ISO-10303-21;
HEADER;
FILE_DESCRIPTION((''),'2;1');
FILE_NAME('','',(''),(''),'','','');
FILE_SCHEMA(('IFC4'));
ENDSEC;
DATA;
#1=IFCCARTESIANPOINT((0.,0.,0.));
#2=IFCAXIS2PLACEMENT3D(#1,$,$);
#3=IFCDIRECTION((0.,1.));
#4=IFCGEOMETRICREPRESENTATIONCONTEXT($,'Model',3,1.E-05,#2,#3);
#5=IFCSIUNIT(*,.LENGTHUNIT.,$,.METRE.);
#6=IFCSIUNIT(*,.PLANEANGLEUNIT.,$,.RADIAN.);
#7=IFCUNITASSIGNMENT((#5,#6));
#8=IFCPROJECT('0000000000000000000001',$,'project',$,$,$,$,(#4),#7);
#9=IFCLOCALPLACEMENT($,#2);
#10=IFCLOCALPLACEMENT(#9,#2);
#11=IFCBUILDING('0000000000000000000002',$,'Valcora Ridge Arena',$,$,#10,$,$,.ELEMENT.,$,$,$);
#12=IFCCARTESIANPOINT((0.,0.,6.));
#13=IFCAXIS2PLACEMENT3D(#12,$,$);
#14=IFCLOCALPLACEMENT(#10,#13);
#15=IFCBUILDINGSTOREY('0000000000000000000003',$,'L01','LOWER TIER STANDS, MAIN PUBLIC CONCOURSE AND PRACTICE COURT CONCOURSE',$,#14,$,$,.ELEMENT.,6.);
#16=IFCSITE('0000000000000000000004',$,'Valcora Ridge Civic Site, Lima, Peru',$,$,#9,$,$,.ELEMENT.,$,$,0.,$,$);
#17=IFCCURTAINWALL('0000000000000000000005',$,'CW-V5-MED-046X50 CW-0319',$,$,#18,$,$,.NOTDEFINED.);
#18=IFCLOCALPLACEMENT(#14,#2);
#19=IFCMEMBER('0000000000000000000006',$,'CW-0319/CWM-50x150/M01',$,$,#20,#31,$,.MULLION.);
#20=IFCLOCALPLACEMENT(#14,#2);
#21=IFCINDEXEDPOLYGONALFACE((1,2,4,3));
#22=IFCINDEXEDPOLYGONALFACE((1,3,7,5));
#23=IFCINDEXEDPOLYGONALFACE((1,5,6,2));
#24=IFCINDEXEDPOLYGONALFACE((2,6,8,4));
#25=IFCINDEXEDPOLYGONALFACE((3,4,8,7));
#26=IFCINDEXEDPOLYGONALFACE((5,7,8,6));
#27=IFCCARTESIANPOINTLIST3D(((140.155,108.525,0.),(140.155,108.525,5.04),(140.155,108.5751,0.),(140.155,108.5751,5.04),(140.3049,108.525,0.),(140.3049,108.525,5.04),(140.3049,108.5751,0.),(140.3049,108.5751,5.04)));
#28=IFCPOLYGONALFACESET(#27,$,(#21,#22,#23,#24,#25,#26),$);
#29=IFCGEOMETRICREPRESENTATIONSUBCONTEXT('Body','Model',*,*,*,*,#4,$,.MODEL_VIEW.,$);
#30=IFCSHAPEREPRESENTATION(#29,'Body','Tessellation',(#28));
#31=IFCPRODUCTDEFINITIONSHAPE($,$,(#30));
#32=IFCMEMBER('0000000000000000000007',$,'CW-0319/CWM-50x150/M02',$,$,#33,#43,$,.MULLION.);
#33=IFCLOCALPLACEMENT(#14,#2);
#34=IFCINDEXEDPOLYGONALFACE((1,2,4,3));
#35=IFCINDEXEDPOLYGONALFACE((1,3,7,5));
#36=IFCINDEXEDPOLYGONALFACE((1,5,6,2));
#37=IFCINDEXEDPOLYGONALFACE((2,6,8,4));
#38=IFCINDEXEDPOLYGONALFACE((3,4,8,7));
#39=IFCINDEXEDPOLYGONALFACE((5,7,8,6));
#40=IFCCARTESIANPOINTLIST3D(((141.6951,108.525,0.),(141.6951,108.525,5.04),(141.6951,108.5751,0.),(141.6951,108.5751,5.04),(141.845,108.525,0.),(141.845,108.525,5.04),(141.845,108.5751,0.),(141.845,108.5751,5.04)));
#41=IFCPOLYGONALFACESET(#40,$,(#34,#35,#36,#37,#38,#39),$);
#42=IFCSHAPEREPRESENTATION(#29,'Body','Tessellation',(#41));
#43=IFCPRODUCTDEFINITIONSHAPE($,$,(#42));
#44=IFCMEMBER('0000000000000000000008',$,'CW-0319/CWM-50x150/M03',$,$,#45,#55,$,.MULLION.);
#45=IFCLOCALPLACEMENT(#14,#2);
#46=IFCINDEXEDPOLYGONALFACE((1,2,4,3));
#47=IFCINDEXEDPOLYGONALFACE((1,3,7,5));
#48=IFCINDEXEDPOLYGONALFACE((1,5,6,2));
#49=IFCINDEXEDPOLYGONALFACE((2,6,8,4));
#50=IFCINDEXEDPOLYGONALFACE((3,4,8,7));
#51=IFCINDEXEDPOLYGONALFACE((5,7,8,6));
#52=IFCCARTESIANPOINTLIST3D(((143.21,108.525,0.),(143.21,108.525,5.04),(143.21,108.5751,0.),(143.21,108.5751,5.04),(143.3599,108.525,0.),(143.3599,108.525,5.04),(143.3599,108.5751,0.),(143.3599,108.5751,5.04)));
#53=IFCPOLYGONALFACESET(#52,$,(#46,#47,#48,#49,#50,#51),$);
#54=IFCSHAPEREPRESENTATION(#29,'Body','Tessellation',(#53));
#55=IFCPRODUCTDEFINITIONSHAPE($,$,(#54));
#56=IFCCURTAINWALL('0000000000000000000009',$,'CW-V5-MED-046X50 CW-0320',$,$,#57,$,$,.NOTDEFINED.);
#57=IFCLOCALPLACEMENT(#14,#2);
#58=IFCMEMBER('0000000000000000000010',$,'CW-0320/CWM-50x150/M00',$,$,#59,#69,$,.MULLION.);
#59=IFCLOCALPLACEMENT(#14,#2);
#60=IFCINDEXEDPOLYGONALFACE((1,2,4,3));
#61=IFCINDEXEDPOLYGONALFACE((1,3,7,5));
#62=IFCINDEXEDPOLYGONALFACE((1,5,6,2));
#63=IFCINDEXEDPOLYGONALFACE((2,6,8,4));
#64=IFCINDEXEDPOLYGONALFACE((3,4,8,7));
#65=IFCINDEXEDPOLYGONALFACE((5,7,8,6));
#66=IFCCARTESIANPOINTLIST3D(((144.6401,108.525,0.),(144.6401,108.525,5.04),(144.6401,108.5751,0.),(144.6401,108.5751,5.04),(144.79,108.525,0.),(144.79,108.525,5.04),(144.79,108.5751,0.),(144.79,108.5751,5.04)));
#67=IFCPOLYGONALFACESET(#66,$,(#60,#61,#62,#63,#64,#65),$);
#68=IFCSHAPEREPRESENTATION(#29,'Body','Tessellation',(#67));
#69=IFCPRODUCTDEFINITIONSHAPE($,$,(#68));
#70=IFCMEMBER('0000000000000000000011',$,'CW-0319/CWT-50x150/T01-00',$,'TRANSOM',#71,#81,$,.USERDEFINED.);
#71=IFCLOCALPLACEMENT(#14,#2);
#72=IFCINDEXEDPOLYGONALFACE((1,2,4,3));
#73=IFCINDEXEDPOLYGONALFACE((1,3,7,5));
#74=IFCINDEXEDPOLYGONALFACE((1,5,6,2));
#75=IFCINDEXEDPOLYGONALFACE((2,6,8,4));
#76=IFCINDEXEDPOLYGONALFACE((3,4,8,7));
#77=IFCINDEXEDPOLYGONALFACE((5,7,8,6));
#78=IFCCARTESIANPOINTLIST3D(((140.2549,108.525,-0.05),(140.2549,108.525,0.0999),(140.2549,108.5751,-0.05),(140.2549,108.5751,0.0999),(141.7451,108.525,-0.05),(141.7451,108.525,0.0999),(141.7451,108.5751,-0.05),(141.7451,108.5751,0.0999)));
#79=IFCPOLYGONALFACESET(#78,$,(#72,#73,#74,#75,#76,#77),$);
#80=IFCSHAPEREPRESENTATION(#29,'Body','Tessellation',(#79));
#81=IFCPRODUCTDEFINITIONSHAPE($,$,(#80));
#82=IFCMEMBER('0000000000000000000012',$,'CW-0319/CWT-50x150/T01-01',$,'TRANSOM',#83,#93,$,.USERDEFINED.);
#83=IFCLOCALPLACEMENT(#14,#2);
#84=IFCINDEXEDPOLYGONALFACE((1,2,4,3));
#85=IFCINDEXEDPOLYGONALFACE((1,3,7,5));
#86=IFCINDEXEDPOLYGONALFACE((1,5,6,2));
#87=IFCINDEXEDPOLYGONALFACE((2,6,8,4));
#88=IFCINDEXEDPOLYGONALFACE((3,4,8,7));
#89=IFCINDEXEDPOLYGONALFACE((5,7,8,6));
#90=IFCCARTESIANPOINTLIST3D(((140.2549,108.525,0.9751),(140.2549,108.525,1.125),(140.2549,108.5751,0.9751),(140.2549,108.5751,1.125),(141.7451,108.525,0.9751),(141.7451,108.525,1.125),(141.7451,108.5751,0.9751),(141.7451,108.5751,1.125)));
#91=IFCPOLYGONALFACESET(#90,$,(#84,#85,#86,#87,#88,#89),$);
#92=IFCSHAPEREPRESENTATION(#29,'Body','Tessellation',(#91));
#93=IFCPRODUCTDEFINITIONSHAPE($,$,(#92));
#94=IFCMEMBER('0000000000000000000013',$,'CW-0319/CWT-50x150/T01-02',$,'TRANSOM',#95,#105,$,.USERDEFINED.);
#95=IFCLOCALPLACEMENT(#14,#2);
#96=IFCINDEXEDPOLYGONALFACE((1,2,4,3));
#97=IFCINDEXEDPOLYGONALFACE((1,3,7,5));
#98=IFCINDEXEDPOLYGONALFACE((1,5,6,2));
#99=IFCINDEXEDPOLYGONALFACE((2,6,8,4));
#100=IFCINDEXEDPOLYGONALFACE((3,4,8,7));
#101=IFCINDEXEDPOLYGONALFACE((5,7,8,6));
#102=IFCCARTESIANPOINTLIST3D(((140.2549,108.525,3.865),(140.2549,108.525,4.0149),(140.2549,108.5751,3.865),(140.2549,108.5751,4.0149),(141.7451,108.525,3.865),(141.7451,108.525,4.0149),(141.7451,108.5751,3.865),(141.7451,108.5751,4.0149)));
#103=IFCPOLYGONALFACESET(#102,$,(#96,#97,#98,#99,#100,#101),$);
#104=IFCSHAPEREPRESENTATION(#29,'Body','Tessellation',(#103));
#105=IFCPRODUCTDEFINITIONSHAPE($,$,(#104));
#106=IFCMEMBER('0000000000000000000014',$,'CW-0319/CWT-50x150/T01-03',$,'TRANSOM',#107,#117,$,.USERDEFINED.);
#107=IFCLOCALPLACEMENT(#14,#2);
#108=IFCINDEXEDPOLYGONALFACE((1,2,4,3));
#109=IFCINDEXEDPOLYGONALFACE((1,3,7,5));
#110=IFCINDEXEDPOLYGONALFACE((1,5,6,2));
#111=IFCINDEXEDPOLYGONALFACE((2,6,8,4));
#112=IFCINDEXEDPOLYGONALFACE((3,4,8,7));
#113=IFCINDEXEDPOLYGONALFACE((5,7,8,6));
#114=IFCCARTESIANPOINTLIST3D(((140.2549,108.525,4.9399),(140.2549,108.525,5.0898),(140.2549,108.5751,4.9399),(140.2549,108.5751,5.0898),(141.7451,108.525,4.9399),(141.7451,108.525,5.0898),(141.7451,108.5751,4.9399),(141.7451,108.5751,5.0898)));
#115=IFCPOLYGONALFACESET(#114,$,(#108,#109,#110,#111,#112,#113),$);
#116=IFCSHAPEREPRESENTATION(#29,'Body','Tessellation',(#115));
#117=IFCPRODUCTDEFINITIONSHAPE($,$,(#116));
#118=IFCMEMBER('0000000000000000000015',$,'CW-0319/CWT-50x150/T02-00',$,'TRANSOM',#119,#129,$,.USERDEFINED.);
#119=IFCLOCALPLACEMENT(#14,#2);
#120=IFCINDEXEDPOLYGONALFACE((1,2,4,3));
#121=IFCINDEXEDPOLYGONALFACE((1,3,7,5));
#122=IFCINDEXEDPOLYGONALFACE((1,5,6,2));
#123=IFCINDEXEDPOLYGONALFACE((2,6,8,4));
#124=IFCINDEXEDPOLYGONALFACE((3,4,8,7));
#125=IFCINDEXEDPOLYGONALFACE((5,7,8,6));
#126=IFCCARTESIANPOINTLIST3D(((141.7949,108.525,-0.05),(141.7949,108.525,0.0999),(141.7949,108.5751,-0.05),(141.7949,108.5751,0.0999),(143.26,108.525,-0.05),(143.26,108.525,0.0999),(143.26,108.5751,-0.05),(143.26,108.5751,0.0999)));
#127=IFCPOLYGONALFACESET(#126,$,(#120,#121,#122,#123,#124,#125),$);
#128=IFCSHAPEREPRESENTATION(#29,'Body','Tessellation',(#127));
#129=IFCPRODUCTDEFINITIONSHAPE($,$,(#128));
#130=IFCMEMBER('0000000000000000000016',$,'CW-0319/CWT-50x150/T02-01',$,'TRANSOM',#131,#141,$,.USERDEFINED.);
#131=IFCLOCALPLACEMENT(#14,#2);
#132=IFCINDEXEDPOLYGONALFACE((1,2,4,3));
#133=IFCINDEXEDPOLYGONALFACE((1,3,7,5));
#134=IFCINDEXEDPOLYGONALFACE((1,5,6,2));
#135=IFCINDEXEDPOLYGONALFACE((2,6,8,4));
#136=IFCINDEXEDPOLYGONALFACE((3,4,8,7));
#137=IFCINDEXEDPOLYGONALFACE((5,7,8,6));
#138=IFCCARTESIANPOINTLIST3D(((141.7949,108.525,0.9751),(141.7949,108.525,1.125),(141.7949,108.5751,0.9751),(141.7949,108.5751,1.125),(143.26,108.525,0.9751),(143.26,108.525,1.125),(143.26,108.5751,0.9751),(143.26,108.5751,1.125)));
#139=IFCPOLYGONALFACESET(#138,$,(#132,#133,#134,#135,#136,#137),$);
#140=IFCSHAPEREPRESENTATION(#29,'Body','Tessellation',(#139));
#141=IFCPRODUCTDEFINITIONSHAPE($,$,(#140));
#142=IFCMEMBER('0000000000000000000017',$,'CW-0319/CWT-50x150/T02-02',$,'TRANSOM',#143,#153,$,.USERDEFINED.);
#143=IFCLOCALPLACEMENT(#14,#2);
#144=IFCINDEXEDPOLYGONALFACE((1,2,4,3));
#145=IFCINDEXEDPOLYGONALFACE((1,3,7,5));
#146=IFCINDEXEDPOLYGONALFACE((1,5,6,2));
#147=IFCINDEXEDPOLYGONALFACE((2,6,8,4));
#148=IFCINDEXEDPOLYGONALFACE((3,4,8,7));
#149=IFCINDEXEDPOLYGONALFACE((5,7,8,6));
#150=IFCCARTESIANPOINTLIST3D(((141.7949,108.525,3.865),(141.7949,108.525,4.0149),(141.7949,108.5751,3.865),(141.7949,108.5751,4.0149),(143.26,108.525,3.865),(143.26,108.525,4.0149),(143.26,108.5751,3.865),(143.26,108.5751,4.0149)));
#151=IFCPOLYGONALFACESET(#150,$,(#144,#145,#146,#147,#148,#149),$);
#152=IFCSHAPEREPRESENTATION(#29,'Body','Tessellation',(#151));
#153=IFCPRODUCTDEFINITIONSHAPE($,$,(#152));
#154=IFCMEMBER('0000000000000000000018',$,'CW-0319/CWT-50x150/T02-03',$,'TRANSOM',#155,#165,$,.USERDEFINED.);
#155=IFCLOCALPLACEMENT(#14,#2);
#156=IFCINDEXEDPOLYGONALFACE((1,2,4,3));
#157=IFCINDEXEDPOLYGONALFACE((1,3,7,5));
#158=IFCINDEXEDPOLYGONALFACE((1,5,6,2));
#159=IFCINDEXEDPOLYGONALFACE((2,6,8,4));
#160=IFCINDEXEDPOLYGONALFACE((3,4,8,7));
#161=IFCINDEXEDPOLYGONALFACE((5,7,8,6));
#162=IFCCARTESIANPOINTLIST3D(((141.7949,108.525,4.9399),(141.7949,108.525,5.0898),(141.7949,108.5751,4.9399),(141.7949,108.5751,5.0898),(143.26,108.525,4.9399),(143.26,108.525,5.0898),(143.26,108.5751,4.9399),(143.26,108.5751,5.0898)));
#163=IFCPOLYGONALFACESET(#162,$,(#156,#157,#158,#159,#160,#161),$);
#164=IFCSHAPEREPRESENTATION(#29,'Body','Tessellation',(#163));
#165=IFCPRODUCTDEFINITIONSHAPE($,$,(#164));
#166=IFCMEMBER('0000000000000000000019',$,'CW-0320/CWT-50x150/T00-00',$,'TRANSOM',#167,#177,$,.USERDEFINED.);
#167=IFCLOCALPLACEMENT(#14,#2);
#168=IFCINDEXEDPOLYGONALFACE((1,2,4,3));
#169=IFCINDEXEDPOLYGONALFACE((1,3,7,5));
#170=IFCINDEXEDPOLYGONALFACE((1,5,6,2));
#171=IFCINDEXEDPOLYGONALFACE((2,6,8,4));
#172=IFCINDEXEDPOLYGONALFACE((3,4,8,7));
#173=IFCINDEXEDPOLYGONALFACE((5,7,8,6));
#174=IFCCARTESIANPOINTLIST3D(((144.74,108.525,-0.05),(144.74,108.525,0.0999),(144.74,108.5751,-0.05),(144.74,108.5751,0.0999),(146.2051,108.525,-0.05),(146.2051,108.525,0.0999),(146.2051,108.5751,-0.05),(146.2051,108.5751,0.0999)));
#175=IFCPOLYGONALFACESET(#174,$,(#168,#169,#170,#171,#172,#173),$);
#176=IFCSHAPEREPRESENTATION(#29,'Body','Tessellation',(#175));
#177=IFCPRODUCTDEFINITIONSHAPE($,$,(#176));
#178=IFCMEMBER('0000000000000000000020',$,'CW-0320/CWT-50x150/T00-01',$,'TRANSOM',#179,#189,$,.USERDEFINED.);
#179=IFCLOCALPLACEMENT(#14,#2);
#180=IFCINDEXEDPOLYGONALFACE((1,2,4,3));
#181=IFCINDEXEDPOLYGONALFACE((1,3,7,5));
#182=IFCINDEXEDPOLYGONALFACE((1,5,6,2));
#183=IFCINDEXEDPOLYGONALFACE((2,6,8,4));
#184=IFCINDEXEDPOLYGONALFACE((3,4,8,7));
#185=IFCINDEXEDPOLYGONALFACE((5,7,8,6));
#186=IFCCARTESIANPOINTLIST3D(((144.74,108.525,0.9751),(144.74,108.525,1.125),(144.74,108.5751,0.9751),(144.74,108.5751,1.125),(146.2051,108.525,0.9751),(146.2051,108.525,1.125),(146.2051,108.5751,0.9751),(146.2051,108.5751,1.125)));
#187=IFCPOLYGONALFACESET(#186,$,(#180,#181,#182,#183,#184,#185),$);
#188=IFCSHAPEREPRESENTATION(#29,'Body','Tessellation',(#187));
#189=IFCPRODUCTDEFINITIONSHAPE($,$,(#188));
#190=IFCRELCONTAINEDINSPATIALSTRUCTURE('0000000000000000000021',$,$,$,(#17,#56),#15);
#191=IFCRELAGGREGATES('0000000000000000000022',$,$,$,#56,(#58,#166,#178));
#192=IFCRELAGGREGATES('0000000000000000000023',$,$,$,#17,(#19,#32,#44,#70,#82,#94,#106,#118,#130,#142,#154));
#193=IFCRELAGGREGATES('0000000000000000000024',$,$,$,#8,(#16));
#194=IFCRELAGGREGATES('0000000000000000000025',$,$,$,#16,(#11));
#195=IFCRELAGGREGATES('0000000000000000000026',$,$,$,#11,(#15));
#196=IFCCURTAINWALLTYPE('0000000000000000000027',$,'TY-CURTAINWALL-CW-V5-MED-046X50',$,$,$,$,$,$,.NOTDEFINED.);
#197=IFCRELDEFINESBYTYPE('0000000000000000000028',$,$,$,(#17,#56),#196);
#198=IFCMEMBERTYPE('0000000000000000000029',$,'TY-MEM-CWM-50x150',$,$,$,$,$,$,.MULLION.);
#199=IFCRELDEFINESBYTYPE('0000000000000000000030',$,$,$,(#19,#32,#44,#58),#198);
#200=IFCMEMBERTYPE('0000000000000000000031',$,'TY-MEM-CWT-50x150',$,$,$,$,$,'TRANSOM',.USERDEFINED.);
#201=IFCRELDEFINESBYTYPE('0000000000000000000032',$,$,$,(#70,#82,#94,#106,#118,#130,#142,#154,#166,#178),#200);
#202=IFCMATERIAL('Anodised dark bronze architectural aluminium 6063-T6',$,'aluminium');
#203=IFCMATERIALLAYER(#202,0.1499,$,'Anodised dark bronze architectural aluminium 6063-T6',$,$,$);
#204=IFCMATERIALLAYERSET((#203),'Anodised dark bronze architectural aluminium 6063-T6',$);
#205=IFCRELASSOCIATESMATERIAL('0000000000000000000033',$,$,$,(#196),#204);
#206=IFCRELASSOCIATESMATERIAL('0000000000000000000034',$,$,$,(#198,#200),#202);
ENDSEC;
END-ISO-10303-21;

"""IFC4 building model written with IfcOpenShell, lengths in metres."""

from ifc_helpers import new_model, si_unit, direction, frame, origin, origin_2d, place, context, subcontext, project, spatial, rectangle, extrude, material, layer, layer_set, material_profile, profile_set, type_object, element, aggregate, save


model = new_model("IFC4")

# Units and contexts
model_context = context("Model", 3, precision=1e-05, world=origin(), true_north=direction((0.0, 1.0)))
body_context = subcontext(model_context, "Body", "Model", "MODEL_VIEW")
ifc_project = project(units=[si_unit("LENGTHUNIT", "METRE"), si_unit("PLANEANGLEUNIT", "RADIAN")], contexts=[model_context])

# Site, building, storey
site_placement = place(None, origin())
site = spatial("IfcSite", under=ifc_project, at=site_placement, Name="Valcora Ridge Civic Site, Lima, Peru", CompositionType="ELEMENT", RefElevation=0.0)
building_placement = place(site_placement, origin())
building = spatial("IfcBuilding", under=site, at=building_placement, Name="Valcora Ridge Arena", CompositionType="ELEMENT")
storey_placement = place(building_placement, frame((0.0, 0.0, 6.0)))
storey = spatial("IfcBuildingStorey", under=building, at=storey_placement, Name="L01", Description="LOWER TIER STANDS, MAIN PUBLIC CONCOURSE AND PRACTICE COURT CONCOURSE", CompositionType="ELEMENT", Elevation=6.0)

# Curtain wall, members
ifc_material_1 = material(Name="Anodised dark bronze architectural aluminium 6063-T6", Category="aluminium")
ifc_layer_1 = layer(ifc_material_1, 0.1499, Name="Anodised dark bronze architectural aluminium 6063-T6")
ifc_layer_set_1 = layer_set([ifc_layer_1], Name="Anodised dark bronze architectural aluminium 6063-T6")
curtain_wall_type = type_object("IfcCurtainWallType", Name="TY-CURTAINWALL-CW-V5-MED-046X50", PredefinedType="NOTDEFINED", material=ifc_layer_set_1)
curtain_wall_1_placement = place(storey_placement, origin())
curtain_wall_1 = element("IfcCurtainWall", 1, at=curtain_wall_1_placement, inside=storey, type_object=curtain_wall_type, Name="CW-V5-MED-046X50 CW-0319", PredefinedType="NOTDEFINED")
ifc_material_profile_1 = material_profile(ifc_material_1, rectangle(XDim=0.05, YDim=0.1499, at=origin_2d()), Name="ALU MULLION 50x150")
ifc_profile_set_1 = profile_set([ifc_material_profile_1], Name="Anodised dark bronze architectural aluminium 6063-T6")
member_type_1 = type_object("IfcMemberType", Name="TY-MEM-CWM-50x150", PredefinedType="MULLION", material=ifc_profile_set_1)
member_1_placement = place(storey_placement, frame((140.23, 108.55, 0.0), z_axis=(0.0, 0.0, 1.0), x_axis=(0.0, 1.0, 0.0)))
member_1 = element("IfcMember", 2, at=member_1_placement, type_object=member_type_1, Name="CW-0319/CWM-50x150/M01", PredefinedType="MULLION", context=body_context, shape_type="SweptSolid", body=[
    extrude(rectangle(XDim=0.05, YDim=0.1499, at=origin_2d()), origin(), (0.0, 0.0, 1.0), 5.04),
])
member_2_placement = place(storey_placement, frame((141.77, 108.55, 0.0), z_axis=(0.0, 0.0, 1.0), x_axis=(0.0, 1.0, 0.0)))
member_2 = element("IfcMember", 3, at=member_2_placement, type_object=member_type_1, Name="CW-0319/CWM-50x150/M02", PredefinedType="MULLION", context=body_context, shape_type="SweptSolid", body=[
    extrude(rectangle(XDim=0.05, YDim=0.1499, at=origin_2d()), origin(), (0.0, 0.0, 1.0), 5.04),
])
member_3_placement = place(storey_placement, frame((143.2849, 108.55, 0.0), z_axis=(0.0, 0.0, 1.0), x_axis=(0.0, 1.0, 0.0)))
member_3 = element("IfcMember", 4, at=member_3_placement, type_object=member_type_1, Name="CW-0319/CWM-50x150/M03", PredefinedType="MULLION", context=body_context, shape_type="SweptSolid", body=[
    extrude(rectangle(XDim=0.05, YDim=0.1499, at=origin_2d()), origin(), (0.0, 0.0, 1.0), 5.04),
])

# Curtain wall, member
curtain_wall_2_placement = place(storey_placement, origin())
curtain_wall_2 = element("IfcCurtainWall", 5, at=curtain_wall_2_placement, inside=storey, type_object=curtain_wall_type, Name="CW-V5-MED-046X50 CW-0320", PredefinedType="NOTDEFINED")
member_4_placement = place(storey_placement, frame((144.7151, 108.55, 0.0), z_axis=(0.0, 0.0, 1.0), x_axis=(0.0, 1.0, 0.0)))
member_4 = element("IfcMember", 6, at=member_4_placement, type_object=member_type_1, Name="CW-0320/CWM-50x150/M00", PredefinedType="MULLION", context=body_context, shape_type="SweptSolid", body=[
    extrude(rectangle(XDim=0.05, YDim=0.1499, at=origin_2d()), origin(), (0.0, 0.0, 1.0), 5.04),
])

# Members
ifc_material_profile_2 = material_profile(ifc_material_1, rectangle(XDim=0.05, YDim=0.1499, at=origin_2d()), Name="ALU TRANSOM 50x150")
ifc_profile_set_2 = profile_set([ifc_material_profile_2], Name="Anodised dark bronze architectural aluminium 6063-T6")
member_type_2 = type_object("IfcMemberType", Name="TY-MEM-CWT-50x150", ElementType="TRANSOM", PredefinedType="USERDEFINED", material=ifc_profile_set_2)
member_5_placement = place(storey_placement, frame((140.2549, 108.55, 0.0249), z_axis=(1.0, 0.0, 0.0), x_axis=(0.0, 1.0, 0.0)))
member_5 = element("IfcMember", 7, at=member_5_placement, type_object=member_type_2, Name="CW-0319/CWT-50x150/T01-00", ObjectType="TRANSOM", PredefinedType="USERDEFINED", context=body_context, shape_type="SweptSolid", body=[
    extrude(rectangle(XDim=0.05, YDim=0.1499, at=origin_2d()), origin(), (0.0, 0.0, 1.0), 1.4902),
])
member_6_placement = place(storey_placement, frame((140.2549, 108.55, 1.05), z_axis=(1.0, 0.0, 0.0), x_axis=(0.0, 1.0, 0.0)))
member_6 = element("IfcMember", 8, at=member_6_placement, type_object=member_type_2, Name="CW-0319/CWT-50x150/T01-01", ObjectType="TRANSOM", PredefinedType="USERDEFINED", context=body_context, shape_type="SweptSolid", body=[
    extrude(rectangle(XDim=0.05, YDim=0.1499, at=origin_2d()), origin(), (0.0, 0.0, 1.0), 1.4902),
])
member_7_placement = place(storey_placement, frame((140.2549, 108.55, 3.9399), z_axis=(1.0, 0.0, 0.0), x_axis=(0.0, 1.0, 0.0)))
member_7 = element("IfcMember", 9, at=member_7_placement, type_object=member_type_2, Name="CW-0319/CWT-50x150/T01-02", ObjectType="TRANSOM", PredefinedType="USERDEFINED", context=body_context, shape_type="SweptSolid", body=[
    extrude(rectangle(XDim=0.05, YDim=0.1499, at=origin_2d()), origin(), (0.0, 0.0, 1.0), 1.4902),
])
member_8_placement = place(storey_placement, frame((140.2549, 108.55, 5.0149), z_axis=(1.0, 0.0, 0.0), x_axis=(0.0, 1.0, 0.0)))
member_8 = element("IfcMember", 10, at=member_8_placement, type_object=member_type_2, Name="CW-0319/CWT-50x150/T01-03", ObjectType="TRANSOM", PredefinedType="USERDEFINED", context=body_context, shape_type="SweptSolid", body=[
    extrude(rectangle(XDim=0.05, YDim=0.1499, at=origin_2d()), origin(), (0.0, 0.0, 1.0), 1.4902),
])
member_9_placement = place(storey_placement, frame((141.7949, 108.55, 0.0249), z_axis=(1.0, 0.0, 0.0), x_axis=(0.0, 1.0, 0.0)))
member_9 = element("IfcMember", 11, at=member_9_placement, type_object=member_type_2, Name="CW-0319/CWT-50x150/T02-00", ObjectType="TRANSOM", PredefinedType="USERDEFINED", context=body_context, shape_type="SweptSolid", body=[
    extrude(rectangle(XDim=0.05, YDim=0.1499, at=origin_2d()), origin(), (0.0, 0.0, 1.0), 1.4651),
])
member_10_placement = place(storey_placement, frame((141.7949, 108.55, 1.05), z_axis=(1.0, 0.0, 0.0), x_axis=(0.0, 1.0, 0.0)))
member_10 = element("IfcMember", 12, at=member_10_placement, type_object=member_type_2, Name="CW-0319/CWT-50x150/T02-01", ObjectType="TRANSOM", PredefinedType="USERDEFINED", context=body_context, shape_type="SweptSolid", body=[
    extrude(rectangle(XDim=0.05, YDim=0.1499, at=origin_2d()), origin(), (0.0, 0.0, 1.0), 1.4651),
])
member_11_placement = place(storey_placement, frame((141.7949, 108.55, 3.9399), z_axis=(1.0, 0.0, 0.0), x_axis=(0.0, 1.0, 0.0)))
member_11 = element("IfcMember", 13, at=member_11_placement, type_object=member_type_2, Name="CW-0319/CWT-50x150/T02-02", ObjectType="TRANSOM", PredefinedType="USERDEFINED", context=body_context, shape_type="SweptSolid", body=[
    extrude(rectangle(XDim=0.05, YDim=0.1499, at=origin_2d()), origin(), (0.0, 0.0, 1.0), 1.4651),
])
member_12_placement = place(storey_placement, frame((141.7949, 108.55, 5.0149), z_axis=(1.0, 0.0, 0.0), x_axis=(0.0, 1.0, 0.0)))
member_12 = element("IfcMember", 14, at=member_12_placement, type_object=member_type_2, Name="CW-0319/CWT-50x150/T02-03", ObjectType="TRANSOM", PredefinedType="USERDEFINED", context=body_context, shape_type="SweptSolid", body=[
    extrude(rectangle(XDim=0.05, YDim=0.1499, at=origin_2d()), origin(), (0.0, 0.0, 1.0), 1.4651),
])
member_13_placement = place(storey_placement, frame((144.74, 108.55, 0.0249), z_axis=(1.0, 0.0, 0.0), x_axis=(0.0, 1.0, 0.0)))
member_13 = element("IfcMember", 15, at=member_13_placement, type_object=member_type_2, Name="CW-0320/CWT-50x150/T00-00", ObjectType="TRANSOM", PredefinedType="USERDEFINED", context=body_context, shape_type="SweptSolid", body=[
    extrude(rectangle(XDim=0.05, YDim=0.1499, at=origin_2d()), origin(), (0.0, 0.0, 1.0), 1.4651),
])
member_14_placement = place(storey_placement, frame((144.74, 108.55, 1.05), z_axis=(1.0, 0.0, 0.0), x_axis=(0.0, 1.0, 0.0)))
member_14 = element("IfcMember", 16, at=member_14_placement, type_object=member_type_2, Name="CW-0320/CWT-50x150/T00-01", ObjectType="TRANSOM", PredefinedType="USERDEFINED", context=body_context, shape_type="SweptSolid", body=[
    extrude(rectangle(XDim=0.05, YDim=0.1499, at=origin_2d()), origin(), (0.0, 0.0, 1.0), 1.4651),
])
aggregate(curtain_wall_2, [member_4, member_13, member_14])

aggregate(curtain_wall_1, [member_1, member_2, member_3, member_5, member_6, member_7, member_8, member_9, member_10, member_11, member_12])

save(model, "model.ifc")
